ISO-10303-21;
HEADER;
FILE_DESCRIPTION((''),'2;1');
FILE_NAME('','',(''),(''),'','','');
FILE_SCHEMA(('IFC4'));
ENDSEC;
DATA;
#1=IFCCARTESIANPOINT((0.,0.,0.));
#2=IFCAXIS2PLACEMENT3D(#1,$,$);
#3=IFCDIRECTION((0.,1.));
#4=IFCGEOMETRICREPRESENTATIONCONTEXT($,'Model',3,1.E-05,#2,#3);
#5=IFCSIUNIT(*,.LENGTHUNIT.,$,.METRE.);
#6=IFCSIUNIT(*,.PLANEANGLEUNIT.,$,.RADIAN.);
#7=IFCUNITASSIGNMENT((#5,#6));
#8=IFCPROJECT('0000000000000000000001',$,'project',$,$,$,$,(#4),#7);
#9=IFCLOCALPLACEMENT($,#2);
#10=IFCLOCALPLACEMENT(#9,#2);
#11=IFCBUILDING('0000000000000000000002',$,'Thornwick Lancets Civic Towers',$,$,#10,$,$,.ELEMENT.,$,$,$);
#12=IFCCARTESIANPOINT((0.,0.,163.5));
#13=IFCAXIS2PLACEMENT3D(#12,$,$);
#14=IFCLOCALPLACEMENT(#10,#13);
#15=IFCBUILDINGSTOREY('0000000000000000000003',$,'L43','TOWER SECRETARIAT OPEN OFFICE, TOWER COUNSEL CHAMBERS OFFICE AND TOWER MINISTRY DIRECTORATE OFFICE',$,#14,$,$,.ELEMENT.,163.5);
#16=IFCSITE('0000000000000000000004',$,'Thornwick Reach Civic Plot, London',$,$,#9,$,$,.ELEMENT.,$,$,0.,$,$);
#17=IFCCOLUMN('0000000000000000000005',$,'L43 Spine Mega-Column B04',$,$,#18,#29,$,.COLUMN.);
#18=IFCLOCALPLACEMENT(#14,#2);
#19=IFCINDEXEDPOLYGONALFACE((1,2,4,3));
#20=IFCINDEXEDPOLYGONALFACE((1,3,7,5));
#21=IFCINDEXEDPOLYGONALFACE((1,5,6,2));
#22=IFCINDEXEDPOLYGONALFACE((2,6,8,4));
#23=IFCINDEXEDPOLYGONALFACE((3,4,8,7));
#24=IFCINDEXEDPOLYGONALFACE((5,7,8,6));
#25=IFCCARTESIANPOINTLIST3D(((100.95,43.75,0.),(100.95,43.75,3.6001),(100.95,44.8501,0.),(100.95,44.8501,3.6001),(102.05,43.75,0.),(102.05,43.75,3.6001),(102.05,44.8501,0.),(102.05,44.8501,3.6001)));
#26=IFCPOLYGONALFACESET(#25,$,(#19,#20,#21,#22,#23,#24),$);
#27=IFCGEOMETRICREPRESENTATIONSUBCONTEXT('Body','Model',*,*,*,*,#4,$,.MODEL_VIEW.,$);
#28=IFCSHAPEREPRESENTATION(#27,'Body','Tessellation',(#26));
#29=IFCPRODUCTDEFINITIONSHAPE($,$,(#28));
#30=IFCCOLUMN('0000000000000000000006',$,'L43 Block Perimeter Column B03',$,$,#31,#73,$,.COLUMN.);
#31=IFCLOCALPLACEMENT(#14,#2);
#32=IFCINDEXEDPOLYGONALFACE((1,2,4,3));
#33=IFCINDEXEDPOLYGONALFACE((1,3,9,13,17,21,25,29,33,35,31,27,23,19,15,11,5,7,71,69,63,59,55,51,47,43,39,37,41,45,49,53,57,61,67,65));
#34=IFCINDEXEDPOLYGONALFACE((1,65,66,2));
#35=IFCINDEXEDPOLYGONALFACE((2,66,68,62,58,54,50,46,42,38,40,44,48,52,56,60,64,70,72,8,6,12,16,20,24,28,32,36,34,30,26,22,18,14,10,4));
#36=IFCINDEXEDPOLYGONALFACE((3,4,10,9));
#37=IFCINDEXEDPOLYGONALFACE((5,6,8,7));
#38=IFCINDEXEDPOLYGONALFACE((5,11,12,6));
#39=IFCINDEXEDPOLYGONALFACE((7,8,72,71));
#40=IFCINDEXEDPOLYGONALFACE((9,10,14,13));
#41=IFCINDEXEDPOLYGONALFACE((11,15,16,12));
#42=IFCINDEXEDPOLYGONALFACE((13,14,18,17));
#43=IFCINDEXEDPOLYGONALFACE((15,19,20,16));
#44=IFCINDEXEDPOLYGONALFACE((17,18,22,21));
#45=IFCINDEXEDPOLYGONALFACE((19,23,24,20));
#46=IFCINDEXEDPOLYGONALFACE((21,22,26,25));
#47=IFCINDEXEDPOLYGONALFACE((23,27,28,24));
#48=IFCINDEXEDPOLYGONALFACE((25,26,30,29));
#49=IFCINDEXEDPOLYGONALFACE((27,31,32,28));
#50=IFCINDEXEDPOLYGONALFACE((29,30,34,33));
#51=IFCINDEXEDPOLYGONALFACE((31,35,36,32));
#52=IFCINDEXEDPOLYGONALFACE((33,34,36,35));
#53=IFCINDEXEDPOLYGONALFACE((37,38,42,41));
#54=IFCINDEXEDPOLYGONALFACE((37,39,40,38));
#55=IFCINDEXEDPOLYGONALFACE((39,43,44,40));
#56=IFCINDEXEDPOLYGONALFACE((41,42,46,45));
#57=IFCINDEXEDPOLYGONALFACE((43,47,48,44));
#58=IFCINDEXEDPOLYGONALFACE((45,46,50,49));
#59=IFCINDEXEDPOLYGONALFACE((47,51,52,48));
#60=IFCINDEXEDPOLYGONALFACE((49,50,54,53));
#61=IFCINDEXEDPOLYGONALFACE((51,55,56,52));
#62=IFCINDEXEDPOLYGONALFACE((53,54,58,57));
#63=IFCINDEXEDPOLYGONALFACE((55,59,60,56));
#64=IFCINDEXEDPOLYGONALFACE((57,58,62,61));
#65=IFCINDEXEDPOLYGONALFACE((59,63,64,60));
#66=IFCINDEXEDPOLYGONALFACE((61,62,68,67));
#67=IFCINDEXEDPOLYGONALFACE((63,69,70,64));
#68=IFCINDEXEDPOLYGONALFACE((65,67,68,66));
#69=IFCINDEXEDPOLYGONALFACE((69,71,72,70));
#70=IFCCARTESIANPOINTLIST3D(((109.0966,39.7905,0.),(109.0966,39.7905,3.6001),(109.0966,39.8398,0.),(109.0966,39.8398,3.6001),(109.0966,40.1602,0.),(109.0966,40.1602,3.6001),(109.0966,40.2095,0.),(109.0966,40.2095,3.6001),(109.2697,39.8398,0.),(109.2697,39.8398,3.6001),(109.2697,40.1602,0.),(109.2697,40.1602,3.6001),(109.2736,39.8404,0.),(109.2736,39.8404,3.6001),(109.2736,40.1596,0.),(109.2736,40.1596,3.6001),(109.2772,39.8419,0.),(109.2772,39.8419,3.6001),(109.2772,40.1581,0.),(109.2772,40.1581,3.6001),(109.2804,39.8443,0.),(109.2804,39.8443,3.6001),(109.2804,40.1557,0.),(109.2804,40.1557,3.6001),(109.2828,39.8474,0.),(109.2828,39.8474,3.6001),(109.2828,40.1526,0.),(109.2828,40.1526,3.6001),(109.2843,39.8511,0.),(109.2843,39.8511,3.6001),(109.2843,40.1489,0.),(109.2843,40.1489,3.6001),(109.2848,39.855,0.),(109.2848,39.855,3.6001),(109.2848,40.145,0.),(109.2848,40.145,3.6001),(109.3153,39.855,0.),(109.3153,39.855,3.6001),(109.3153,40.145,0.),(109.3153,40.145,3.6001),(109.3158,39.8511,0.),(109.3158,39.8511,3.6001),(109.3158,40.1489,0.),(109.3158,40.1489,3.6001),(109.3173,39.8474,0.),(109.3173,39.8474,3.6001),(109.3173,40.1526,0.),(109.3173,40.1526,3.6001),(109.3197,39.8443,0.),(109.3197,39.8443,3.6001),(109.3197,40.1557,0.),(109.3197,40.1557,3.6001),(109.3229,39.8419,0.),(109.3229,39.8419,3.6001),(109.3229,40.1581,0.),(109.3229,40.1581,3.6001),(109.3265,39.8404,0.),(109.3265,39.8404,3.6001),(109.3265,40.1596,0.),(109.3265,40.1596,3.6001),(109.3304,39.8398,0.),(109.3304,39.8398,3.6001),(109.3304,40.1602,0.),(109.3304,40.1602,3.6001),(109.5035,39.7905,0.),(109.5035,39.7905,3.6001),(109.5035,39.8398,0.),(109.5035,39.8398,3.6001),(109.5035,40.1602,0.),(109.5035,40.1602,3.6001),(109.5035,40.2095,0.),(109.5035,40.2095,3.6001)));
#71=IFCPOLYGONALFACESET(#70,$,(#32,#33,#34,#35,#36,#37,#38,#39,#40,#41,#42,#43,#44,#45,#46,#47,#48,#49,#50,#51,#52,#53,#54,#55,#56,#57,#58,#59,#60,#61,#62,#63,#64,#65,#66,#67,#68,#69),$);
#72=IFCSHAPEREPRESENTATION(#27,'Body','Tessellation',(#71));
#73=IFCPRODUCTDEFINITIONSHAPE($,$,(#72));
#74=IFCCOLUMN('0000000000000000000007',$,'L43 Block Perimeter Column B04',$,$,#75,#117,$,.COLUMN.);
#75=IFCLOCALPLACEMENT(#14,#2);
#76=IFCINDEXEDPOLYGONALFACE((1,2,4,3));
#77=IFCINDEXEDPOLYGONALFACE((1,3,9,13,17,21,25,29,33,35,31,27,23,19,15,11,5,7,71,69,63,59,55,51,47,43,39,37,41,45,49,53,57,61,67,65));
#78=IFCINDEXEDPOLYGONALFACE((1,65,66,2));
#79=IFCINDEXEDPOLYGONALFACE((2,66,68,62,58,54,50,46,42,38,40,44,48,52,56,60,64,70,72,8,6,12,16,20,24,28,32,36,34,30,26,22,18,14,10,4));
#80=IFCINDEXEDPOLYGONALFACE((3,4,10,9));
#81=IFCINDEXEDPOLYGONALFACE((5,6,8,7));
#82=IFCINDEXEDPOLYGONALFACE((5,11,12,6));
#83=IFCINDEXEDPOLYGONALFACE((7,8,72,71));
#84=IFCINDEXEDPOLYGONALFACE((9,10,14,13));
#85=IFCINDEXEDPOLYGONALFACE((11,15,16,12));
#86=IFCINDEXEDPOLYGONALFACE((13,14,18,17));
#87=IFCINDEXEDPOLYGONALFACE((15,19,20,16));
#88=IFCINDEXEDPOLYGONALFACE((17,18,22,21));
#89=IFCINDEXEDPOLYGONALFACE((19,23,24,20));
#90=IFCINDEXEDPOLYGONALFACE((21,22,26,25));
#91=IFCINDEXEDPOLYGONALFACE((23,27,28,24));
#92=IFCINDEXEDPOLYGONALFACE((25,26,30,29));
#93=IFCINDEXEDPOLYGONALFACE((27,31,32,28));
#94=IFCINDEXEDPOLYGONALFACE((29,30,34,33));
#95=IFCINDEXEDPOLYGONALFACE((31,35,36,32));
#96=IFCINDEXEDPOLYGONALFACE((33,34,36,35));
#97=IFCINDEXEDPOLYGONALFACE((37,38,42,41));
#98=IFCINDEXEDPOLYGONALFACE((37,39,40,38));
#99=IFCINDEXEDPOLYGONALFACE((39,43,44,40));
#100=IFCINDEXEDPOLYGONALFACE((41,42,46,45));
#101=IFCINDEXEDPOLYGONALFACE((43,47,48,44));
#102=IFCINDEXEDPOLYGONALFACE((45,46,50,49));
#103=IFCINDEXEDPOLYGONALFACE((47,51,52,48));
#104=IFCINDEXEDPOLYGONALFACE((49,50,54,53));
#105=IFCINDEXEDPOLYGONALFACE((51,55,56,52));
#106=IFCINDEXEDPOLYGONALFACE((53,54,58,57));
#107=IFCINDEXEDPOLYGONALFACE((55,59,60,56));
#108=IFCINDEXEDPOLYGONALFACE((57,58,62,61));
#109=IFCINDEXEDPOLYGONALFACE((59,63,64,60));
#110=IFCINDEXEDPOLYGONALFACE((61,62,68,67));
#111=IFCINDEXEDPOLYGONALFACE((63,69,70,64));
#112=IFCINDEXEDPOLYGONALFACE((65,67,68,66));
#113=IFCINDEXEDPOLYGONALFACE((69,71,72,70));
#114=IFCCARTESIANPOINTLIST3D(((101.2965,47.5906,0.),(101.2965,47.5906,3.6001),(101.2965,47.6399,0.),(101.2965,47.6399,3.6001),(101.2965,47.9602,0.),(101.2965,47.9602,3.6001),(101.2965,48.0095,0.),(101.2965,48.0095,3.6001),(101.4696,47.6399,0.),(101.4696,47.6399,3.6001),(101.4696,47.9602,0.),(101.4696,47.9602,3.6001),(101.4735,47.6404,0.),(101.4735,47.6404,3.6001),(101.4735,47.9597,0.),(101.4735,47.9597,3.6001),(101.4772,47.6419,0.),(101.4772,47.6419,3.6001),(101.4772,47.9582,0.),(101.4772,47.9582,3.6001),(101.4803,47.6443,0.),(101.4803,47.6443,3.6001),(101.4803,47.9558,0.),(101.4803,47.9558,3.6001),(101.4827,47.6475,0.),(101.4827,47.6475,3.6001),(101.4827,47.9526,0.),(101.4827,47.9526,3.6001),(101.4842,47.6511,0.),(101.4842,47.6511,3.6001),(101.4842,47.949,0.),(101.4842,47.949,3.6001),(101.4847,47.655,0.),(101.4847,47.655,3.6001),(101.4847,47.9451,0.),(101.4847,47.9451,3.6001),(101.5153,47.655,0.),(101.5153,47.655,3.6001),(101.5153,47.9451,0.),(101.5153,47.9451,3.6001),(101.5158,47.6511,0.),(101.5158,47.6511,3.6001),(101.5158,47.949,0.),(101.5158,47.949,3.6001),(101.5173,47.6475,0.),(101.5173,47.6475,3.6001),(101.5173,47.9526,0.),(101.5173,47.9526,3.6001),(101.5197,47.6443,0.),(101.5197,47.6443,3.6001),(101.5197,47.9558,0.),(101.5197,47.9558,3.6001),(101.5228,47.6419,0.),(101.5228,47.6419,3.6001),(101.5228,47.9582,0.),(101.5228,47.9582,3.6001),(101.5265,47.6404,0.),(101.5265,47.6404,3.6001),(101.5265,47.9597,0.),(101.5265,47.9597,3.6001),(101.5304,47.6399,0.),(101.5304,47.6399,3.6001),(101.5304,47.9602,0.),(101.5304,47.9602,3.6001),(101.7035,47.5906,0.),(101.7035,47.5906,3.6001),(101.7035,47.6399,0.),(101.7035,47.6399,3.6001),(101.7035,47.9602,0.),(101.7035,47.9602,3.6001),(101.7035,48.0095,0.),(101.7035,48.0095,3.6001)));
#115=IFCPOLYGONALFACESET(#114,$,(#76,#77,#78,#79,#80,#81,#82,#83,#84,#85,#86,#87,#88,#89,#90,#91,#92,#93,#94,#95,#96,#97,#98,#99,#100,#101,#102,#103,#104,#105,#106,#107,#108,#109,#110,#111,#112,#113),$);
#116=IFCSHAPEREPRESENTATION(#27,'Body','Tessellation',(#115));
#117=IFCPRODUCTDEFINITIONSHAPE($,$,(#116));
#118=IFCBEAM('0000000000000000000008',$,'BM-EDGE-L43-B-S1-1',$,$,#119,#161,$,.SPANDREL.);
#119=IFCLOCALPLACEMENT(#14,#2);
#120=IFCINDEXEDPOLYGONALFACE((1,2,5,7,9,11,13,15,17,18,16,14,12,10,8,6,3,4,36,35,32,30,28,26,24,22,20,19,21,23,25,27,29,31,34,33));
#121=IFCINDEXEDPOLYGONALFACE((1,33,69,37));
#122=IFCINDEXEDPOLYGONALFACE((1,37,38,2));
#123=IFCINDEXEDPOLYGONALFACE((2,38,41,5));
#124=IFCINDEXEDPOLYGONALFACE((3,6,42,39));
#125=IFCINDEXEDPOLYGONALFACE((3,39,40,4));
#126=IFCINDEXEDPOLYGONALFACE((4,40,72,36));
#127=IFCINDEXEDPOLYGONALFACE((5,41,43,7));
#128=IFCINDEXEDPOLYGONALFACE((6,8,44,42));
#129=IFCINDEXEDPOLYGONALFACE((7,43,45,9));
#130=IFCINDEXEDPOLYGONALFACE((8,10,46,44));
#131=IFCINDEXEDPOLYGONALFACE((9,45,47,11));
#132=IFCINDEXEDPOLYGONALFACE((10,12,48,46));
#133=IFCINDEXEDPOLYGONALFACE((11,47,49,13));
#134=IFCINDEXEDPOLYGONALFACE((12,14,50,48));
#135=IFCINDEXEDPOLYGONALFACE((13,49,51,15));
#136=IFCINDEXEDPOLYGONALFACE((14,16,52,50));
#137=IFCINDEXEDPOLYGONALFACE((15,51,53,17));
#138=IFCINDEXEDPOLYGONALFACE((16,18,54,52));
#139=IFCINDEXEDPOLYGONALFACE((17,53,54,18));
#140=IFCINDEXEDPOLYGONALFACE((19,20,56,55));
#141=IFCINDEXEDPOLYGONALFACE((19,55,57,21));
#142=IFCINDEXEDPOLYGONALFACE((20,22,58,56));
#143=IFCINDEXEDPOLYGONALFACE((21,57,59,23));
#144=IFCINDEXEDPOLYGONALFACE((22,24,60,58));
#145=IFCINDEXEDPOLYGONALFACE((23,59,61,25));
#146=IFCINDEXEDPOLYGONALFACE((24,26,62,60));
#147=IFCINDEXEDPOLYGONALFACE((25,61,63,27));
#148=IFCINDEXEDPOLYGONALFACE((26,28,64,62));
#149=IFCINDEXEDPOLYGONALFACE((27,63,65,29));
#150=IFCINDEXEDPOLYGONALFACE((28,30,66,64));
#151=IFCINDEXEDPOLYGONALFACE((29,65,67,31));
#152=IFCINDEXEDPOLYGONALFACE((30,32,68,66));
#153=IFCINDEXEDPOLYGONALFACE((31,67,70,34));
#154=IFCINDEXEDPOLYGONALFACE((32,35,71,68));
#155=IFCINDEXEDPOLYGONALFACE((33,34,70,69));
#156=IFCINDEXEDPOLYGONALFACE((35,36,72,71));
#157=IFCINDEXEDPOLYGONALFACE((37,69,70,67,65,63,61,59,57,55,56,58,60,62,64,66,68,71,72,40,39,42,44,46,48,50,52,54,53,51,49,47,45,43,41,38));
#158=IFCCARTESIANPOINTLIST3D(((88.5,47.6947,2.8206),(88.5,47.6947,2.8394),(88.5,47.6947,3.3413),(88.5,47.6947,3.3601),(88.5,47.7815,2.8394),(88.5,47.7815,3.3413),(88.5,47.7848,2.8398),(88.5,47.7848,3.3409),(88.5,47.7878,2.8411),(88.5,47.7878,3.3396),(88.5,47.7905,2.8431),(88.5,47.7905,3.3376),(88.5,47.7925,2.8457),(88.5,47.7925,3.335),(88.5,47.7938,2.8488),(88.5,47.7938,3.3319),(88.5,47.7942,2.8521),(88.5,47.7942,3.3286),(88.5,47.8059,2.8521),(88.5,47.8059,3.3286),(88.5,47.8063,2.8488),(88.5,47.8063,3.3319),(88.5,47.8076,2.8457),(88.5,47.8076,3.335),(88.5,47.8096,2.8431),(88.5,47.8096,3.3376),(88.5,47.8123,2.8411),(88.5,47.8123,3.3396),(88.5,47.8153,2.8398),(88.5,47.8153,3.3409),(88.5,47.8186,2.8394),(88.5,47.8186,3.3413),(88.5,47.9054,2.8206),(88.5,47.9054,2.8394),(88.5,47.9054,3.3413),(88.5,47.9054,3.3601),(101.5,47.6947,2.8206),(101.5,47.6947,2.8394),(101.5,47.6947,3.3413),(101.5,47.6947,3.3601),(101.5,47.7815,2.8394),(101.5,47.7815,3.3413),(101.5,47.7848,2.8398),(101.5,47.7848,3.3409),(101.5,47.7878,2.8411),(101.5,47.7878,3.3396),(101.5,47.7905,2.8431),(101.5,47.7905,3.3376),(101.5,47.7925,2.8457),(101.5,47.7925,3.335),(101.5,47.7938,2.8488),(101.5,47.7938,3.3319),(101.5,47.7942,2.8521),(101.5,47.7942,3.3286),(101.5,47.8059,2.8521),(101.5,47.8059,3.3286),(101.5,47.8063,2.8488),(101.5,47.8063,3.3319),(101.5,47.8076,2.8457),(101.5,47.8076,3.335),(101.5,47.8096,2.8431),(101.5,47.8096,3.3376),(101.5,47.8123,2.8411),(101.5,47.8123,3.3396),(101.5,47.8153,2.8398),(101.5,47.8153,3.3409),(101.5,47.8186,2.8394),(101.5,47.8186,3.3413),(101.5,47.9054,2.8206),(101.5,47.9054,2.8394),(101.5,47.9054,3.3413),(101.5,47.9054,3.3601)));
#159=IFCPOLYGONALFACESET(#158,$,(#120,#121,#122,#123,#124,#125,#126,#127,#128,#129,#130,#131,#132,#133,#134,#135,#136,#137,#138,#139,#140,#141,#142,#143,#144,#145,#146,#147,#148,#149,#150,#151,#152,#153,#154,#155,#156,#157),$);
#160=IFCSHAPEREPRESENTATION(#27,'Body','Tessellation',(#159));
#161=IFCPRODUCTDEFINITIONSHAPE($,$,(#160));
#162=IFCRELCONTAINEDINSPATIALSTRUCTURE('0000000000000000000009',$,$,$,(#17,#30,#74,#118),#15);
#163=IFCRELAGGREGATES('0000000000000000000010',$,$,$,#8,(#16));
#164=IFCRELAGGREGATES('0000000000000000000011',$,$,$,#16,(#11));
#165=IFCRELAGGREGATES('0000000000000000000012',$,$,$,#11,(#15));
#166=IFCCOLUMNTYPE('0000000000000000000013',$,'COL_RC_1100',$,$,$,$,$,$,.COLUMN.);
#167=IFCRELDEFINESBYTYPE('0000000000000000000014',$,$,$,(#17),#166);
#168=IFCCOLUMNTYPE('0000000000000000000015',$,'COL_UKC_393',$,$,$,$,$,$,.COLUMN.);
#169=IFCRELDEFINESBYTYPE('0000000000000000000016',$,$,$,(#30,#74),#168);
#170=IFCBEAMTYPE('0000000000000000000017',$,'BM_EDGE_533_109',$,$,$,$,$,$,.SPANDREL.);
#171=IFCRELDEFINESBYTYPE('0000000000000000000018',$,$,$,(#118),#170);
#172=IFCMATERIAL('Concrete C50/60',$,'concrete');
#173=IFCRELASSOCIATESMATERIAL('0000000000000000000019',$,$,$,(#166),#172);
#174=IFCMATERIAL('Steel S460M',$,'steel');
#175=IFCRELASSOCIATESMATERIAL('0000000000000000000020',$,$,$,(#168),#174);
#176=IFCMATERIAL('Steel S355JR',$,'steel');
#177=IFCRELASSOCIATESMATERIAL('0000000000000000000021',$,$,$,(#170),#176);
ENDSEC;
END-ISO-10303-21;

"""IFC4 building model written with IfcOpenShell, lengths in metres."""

from ifc_helpers import new_model, si_unit, direction, frame, origin, origin_2d, place, context, subcontext, project, spatial, rectangle, i_section, extrude, material, material_profile, profile_set, type_object, element, save


model = new_model("IFC4")

# Units and contexts
model_context = context("Model", 3, precision=1e-05, world=origin(), true_north=direction((0.0, 1.0)))
body_context = subcontext(model_context, "Body", "Model", "MODEL_VIEW")
ifc_project = project(units=[si_unit("LENGTHUNIT", "METRE"), si_unit("PLANEANGLEUNIT", "RADIAN")], contexts=[model_context])

# Site, building, storey
site_placement = place(None, origin())
site = spatial("IfcSite", under=ifc_project, at=site_placement, Name="Thornwick Reach Civic Plot, London", CompositionType="ELEMENT", RefElevation=0.0)
building_placement = place(site_placement, origin())
building = spatial("IfcBuilding", under=site, at=building_placement, Name="Thornwick Lancets Civic Towers", CompositionType="ELEMENT")
storey_placement = place(building_placement, frame((0.0, 0.0, 163.5)))
storey = spatial("IfcBuildingStorey", under=building, at=storey_placement, Name="L43", Description="TOWER SECRETARIAT OPEN OFFICE, TOWER COUNSEL CHAMBERS OFFICE AND TOWER MINISTRY DIRECTORATE OFFICE", CompositionType="ELEMENT", Elevation=163.5)

# Columns
ifc_material_1 = material(Name="Concrete C50/60", Category="concrete")
ifc_material_profile_1 = material_profile(ifc_material_1, rectangle(XDim=1.1001, YDim=1.1001, at=origin_2d()), Name="RC 1100x1100")
ifc_profile_set_1 = profile_set([ifc_material_profile_1], Name="Concrete C50/60")
column_type_1 = type_object("IfcColumnType", Name="COL_RC_1100", PredefinedType="COLUMN", material=ifc_profile_set_1)
column_placement = place(storey_placement, frame((101.5, 44.3, 0.0), z_axis=(0.0, 0.0, 1.0), x_axis=(1.0, 0.0, 0.0)))
element("IfcColumn", 1, at=column_placement, inside=storey, type_object=column_type_1, Name="L43 Spine Mega-Column B04", PredefinedType="COLUMN", context=body_context, shape_type="SweptSolid", body=[
    extrude(rectangle(XDim=1.1001, YDim=1.1001, at=origin_2d()), origin(), (0.0, 0.0, 1.0), 3.6001),
])
ifc_material_2 = material(Name="Steel S460M", Category="steel")
ifc_material_profile_2 = material_profile(ifc_material_2, i_section(OverallWidth=0.407, OverallDepth=0.4189, WebThickness=0.0305, FlangeThickness=0.0493, FilletRadius=0.0151, at=origin_2d()), Name="UKC 356x406x393")
ifc_profile_set_2 = profile_set([ifc_material_profile_2], Name="Steel S460M")
column_type_2 = type_object("IfcColumnType", Name="COL_UKC_393", PredefinedType="COLUMN", material=ifc_profile_set_2)
for number, where, z_axis, x_axis, name in (
    (2, (109.3, 40.0, 0.0), (0.0, 0.0, 1.0), (1.0, 0.0, 0.0), "L43 Block Perimeter Column B03"),
    (3, (101.5, 47.8, 0.0), (0.0, 0.0, 1.0), (1.0, 0.0, 0.0), "L43 Block Perimeter Column B04"),
):
    element("IfcColumn", number, at=place(storey_placement, frame(where, z_axis=z_axis, x_axis=x_axis)), inside=storey, type_object=column_type_2, Name=name, PredefinedType="COLUMN", context=body_context, shape_type="SweptSolid", body=[
        extrude(i_section(OverallWidth=0.407, OverallDepth=0.4189, WebThickness=0.0305, FlangeThickness=0.0493, FilletRadius=0.0151, at=origin_2d()), origin(), (0.0, 0.0, 1.0), 3.6001),
    ])

# Beam
ifc_material_3 = material(Name="Steel S355JR", Category="steel")
ifc_material_profile_3 = material_profile(ifc_material_3, i_section(OverallWidth=0.2107, OverallDepth=0.5396, WebThickness=0.0117, FlangeThickness=0.0188, FilletRadius=0.0127, at=origin_2d()), Name="UKB 533x210x109")
ifc_profile_set_3 = profile_set([ifc_material_profile_3], Name="Steel S355JR")
beam_type_1 = type_object("IfcBeamType", Name="BM_EDGE_533_109", PredefinedType="SPANDREL", material=ifc_profile_set_3)
beam_1_placement = place(storey_placement, frame((101.5, 47.8, 3.0903), z_axis=(-1.0, 0.0, 0.0), x_axis=(0.0, -1.0, 0.0)))
element("IfcBeam", 4, at=beam_1_placement, inside=storey, type_object=beam_type_1, Name="BM-EDGE-L43-B-S1-1", PredefinedType="SPANDREL", context=body_context, shape_type="SweptSolid", body=[
    extrude(i_section(OverallWidth=0.2107, OverallDepth=0.5396, WebThickness=0.0117, FlangeThickness=0.0188, FilletRadius=0.0127, at=origin_2d()), origin(), (0.0, 0.0, 1.0), 13.0),
])

save(model, "model.ifc")
